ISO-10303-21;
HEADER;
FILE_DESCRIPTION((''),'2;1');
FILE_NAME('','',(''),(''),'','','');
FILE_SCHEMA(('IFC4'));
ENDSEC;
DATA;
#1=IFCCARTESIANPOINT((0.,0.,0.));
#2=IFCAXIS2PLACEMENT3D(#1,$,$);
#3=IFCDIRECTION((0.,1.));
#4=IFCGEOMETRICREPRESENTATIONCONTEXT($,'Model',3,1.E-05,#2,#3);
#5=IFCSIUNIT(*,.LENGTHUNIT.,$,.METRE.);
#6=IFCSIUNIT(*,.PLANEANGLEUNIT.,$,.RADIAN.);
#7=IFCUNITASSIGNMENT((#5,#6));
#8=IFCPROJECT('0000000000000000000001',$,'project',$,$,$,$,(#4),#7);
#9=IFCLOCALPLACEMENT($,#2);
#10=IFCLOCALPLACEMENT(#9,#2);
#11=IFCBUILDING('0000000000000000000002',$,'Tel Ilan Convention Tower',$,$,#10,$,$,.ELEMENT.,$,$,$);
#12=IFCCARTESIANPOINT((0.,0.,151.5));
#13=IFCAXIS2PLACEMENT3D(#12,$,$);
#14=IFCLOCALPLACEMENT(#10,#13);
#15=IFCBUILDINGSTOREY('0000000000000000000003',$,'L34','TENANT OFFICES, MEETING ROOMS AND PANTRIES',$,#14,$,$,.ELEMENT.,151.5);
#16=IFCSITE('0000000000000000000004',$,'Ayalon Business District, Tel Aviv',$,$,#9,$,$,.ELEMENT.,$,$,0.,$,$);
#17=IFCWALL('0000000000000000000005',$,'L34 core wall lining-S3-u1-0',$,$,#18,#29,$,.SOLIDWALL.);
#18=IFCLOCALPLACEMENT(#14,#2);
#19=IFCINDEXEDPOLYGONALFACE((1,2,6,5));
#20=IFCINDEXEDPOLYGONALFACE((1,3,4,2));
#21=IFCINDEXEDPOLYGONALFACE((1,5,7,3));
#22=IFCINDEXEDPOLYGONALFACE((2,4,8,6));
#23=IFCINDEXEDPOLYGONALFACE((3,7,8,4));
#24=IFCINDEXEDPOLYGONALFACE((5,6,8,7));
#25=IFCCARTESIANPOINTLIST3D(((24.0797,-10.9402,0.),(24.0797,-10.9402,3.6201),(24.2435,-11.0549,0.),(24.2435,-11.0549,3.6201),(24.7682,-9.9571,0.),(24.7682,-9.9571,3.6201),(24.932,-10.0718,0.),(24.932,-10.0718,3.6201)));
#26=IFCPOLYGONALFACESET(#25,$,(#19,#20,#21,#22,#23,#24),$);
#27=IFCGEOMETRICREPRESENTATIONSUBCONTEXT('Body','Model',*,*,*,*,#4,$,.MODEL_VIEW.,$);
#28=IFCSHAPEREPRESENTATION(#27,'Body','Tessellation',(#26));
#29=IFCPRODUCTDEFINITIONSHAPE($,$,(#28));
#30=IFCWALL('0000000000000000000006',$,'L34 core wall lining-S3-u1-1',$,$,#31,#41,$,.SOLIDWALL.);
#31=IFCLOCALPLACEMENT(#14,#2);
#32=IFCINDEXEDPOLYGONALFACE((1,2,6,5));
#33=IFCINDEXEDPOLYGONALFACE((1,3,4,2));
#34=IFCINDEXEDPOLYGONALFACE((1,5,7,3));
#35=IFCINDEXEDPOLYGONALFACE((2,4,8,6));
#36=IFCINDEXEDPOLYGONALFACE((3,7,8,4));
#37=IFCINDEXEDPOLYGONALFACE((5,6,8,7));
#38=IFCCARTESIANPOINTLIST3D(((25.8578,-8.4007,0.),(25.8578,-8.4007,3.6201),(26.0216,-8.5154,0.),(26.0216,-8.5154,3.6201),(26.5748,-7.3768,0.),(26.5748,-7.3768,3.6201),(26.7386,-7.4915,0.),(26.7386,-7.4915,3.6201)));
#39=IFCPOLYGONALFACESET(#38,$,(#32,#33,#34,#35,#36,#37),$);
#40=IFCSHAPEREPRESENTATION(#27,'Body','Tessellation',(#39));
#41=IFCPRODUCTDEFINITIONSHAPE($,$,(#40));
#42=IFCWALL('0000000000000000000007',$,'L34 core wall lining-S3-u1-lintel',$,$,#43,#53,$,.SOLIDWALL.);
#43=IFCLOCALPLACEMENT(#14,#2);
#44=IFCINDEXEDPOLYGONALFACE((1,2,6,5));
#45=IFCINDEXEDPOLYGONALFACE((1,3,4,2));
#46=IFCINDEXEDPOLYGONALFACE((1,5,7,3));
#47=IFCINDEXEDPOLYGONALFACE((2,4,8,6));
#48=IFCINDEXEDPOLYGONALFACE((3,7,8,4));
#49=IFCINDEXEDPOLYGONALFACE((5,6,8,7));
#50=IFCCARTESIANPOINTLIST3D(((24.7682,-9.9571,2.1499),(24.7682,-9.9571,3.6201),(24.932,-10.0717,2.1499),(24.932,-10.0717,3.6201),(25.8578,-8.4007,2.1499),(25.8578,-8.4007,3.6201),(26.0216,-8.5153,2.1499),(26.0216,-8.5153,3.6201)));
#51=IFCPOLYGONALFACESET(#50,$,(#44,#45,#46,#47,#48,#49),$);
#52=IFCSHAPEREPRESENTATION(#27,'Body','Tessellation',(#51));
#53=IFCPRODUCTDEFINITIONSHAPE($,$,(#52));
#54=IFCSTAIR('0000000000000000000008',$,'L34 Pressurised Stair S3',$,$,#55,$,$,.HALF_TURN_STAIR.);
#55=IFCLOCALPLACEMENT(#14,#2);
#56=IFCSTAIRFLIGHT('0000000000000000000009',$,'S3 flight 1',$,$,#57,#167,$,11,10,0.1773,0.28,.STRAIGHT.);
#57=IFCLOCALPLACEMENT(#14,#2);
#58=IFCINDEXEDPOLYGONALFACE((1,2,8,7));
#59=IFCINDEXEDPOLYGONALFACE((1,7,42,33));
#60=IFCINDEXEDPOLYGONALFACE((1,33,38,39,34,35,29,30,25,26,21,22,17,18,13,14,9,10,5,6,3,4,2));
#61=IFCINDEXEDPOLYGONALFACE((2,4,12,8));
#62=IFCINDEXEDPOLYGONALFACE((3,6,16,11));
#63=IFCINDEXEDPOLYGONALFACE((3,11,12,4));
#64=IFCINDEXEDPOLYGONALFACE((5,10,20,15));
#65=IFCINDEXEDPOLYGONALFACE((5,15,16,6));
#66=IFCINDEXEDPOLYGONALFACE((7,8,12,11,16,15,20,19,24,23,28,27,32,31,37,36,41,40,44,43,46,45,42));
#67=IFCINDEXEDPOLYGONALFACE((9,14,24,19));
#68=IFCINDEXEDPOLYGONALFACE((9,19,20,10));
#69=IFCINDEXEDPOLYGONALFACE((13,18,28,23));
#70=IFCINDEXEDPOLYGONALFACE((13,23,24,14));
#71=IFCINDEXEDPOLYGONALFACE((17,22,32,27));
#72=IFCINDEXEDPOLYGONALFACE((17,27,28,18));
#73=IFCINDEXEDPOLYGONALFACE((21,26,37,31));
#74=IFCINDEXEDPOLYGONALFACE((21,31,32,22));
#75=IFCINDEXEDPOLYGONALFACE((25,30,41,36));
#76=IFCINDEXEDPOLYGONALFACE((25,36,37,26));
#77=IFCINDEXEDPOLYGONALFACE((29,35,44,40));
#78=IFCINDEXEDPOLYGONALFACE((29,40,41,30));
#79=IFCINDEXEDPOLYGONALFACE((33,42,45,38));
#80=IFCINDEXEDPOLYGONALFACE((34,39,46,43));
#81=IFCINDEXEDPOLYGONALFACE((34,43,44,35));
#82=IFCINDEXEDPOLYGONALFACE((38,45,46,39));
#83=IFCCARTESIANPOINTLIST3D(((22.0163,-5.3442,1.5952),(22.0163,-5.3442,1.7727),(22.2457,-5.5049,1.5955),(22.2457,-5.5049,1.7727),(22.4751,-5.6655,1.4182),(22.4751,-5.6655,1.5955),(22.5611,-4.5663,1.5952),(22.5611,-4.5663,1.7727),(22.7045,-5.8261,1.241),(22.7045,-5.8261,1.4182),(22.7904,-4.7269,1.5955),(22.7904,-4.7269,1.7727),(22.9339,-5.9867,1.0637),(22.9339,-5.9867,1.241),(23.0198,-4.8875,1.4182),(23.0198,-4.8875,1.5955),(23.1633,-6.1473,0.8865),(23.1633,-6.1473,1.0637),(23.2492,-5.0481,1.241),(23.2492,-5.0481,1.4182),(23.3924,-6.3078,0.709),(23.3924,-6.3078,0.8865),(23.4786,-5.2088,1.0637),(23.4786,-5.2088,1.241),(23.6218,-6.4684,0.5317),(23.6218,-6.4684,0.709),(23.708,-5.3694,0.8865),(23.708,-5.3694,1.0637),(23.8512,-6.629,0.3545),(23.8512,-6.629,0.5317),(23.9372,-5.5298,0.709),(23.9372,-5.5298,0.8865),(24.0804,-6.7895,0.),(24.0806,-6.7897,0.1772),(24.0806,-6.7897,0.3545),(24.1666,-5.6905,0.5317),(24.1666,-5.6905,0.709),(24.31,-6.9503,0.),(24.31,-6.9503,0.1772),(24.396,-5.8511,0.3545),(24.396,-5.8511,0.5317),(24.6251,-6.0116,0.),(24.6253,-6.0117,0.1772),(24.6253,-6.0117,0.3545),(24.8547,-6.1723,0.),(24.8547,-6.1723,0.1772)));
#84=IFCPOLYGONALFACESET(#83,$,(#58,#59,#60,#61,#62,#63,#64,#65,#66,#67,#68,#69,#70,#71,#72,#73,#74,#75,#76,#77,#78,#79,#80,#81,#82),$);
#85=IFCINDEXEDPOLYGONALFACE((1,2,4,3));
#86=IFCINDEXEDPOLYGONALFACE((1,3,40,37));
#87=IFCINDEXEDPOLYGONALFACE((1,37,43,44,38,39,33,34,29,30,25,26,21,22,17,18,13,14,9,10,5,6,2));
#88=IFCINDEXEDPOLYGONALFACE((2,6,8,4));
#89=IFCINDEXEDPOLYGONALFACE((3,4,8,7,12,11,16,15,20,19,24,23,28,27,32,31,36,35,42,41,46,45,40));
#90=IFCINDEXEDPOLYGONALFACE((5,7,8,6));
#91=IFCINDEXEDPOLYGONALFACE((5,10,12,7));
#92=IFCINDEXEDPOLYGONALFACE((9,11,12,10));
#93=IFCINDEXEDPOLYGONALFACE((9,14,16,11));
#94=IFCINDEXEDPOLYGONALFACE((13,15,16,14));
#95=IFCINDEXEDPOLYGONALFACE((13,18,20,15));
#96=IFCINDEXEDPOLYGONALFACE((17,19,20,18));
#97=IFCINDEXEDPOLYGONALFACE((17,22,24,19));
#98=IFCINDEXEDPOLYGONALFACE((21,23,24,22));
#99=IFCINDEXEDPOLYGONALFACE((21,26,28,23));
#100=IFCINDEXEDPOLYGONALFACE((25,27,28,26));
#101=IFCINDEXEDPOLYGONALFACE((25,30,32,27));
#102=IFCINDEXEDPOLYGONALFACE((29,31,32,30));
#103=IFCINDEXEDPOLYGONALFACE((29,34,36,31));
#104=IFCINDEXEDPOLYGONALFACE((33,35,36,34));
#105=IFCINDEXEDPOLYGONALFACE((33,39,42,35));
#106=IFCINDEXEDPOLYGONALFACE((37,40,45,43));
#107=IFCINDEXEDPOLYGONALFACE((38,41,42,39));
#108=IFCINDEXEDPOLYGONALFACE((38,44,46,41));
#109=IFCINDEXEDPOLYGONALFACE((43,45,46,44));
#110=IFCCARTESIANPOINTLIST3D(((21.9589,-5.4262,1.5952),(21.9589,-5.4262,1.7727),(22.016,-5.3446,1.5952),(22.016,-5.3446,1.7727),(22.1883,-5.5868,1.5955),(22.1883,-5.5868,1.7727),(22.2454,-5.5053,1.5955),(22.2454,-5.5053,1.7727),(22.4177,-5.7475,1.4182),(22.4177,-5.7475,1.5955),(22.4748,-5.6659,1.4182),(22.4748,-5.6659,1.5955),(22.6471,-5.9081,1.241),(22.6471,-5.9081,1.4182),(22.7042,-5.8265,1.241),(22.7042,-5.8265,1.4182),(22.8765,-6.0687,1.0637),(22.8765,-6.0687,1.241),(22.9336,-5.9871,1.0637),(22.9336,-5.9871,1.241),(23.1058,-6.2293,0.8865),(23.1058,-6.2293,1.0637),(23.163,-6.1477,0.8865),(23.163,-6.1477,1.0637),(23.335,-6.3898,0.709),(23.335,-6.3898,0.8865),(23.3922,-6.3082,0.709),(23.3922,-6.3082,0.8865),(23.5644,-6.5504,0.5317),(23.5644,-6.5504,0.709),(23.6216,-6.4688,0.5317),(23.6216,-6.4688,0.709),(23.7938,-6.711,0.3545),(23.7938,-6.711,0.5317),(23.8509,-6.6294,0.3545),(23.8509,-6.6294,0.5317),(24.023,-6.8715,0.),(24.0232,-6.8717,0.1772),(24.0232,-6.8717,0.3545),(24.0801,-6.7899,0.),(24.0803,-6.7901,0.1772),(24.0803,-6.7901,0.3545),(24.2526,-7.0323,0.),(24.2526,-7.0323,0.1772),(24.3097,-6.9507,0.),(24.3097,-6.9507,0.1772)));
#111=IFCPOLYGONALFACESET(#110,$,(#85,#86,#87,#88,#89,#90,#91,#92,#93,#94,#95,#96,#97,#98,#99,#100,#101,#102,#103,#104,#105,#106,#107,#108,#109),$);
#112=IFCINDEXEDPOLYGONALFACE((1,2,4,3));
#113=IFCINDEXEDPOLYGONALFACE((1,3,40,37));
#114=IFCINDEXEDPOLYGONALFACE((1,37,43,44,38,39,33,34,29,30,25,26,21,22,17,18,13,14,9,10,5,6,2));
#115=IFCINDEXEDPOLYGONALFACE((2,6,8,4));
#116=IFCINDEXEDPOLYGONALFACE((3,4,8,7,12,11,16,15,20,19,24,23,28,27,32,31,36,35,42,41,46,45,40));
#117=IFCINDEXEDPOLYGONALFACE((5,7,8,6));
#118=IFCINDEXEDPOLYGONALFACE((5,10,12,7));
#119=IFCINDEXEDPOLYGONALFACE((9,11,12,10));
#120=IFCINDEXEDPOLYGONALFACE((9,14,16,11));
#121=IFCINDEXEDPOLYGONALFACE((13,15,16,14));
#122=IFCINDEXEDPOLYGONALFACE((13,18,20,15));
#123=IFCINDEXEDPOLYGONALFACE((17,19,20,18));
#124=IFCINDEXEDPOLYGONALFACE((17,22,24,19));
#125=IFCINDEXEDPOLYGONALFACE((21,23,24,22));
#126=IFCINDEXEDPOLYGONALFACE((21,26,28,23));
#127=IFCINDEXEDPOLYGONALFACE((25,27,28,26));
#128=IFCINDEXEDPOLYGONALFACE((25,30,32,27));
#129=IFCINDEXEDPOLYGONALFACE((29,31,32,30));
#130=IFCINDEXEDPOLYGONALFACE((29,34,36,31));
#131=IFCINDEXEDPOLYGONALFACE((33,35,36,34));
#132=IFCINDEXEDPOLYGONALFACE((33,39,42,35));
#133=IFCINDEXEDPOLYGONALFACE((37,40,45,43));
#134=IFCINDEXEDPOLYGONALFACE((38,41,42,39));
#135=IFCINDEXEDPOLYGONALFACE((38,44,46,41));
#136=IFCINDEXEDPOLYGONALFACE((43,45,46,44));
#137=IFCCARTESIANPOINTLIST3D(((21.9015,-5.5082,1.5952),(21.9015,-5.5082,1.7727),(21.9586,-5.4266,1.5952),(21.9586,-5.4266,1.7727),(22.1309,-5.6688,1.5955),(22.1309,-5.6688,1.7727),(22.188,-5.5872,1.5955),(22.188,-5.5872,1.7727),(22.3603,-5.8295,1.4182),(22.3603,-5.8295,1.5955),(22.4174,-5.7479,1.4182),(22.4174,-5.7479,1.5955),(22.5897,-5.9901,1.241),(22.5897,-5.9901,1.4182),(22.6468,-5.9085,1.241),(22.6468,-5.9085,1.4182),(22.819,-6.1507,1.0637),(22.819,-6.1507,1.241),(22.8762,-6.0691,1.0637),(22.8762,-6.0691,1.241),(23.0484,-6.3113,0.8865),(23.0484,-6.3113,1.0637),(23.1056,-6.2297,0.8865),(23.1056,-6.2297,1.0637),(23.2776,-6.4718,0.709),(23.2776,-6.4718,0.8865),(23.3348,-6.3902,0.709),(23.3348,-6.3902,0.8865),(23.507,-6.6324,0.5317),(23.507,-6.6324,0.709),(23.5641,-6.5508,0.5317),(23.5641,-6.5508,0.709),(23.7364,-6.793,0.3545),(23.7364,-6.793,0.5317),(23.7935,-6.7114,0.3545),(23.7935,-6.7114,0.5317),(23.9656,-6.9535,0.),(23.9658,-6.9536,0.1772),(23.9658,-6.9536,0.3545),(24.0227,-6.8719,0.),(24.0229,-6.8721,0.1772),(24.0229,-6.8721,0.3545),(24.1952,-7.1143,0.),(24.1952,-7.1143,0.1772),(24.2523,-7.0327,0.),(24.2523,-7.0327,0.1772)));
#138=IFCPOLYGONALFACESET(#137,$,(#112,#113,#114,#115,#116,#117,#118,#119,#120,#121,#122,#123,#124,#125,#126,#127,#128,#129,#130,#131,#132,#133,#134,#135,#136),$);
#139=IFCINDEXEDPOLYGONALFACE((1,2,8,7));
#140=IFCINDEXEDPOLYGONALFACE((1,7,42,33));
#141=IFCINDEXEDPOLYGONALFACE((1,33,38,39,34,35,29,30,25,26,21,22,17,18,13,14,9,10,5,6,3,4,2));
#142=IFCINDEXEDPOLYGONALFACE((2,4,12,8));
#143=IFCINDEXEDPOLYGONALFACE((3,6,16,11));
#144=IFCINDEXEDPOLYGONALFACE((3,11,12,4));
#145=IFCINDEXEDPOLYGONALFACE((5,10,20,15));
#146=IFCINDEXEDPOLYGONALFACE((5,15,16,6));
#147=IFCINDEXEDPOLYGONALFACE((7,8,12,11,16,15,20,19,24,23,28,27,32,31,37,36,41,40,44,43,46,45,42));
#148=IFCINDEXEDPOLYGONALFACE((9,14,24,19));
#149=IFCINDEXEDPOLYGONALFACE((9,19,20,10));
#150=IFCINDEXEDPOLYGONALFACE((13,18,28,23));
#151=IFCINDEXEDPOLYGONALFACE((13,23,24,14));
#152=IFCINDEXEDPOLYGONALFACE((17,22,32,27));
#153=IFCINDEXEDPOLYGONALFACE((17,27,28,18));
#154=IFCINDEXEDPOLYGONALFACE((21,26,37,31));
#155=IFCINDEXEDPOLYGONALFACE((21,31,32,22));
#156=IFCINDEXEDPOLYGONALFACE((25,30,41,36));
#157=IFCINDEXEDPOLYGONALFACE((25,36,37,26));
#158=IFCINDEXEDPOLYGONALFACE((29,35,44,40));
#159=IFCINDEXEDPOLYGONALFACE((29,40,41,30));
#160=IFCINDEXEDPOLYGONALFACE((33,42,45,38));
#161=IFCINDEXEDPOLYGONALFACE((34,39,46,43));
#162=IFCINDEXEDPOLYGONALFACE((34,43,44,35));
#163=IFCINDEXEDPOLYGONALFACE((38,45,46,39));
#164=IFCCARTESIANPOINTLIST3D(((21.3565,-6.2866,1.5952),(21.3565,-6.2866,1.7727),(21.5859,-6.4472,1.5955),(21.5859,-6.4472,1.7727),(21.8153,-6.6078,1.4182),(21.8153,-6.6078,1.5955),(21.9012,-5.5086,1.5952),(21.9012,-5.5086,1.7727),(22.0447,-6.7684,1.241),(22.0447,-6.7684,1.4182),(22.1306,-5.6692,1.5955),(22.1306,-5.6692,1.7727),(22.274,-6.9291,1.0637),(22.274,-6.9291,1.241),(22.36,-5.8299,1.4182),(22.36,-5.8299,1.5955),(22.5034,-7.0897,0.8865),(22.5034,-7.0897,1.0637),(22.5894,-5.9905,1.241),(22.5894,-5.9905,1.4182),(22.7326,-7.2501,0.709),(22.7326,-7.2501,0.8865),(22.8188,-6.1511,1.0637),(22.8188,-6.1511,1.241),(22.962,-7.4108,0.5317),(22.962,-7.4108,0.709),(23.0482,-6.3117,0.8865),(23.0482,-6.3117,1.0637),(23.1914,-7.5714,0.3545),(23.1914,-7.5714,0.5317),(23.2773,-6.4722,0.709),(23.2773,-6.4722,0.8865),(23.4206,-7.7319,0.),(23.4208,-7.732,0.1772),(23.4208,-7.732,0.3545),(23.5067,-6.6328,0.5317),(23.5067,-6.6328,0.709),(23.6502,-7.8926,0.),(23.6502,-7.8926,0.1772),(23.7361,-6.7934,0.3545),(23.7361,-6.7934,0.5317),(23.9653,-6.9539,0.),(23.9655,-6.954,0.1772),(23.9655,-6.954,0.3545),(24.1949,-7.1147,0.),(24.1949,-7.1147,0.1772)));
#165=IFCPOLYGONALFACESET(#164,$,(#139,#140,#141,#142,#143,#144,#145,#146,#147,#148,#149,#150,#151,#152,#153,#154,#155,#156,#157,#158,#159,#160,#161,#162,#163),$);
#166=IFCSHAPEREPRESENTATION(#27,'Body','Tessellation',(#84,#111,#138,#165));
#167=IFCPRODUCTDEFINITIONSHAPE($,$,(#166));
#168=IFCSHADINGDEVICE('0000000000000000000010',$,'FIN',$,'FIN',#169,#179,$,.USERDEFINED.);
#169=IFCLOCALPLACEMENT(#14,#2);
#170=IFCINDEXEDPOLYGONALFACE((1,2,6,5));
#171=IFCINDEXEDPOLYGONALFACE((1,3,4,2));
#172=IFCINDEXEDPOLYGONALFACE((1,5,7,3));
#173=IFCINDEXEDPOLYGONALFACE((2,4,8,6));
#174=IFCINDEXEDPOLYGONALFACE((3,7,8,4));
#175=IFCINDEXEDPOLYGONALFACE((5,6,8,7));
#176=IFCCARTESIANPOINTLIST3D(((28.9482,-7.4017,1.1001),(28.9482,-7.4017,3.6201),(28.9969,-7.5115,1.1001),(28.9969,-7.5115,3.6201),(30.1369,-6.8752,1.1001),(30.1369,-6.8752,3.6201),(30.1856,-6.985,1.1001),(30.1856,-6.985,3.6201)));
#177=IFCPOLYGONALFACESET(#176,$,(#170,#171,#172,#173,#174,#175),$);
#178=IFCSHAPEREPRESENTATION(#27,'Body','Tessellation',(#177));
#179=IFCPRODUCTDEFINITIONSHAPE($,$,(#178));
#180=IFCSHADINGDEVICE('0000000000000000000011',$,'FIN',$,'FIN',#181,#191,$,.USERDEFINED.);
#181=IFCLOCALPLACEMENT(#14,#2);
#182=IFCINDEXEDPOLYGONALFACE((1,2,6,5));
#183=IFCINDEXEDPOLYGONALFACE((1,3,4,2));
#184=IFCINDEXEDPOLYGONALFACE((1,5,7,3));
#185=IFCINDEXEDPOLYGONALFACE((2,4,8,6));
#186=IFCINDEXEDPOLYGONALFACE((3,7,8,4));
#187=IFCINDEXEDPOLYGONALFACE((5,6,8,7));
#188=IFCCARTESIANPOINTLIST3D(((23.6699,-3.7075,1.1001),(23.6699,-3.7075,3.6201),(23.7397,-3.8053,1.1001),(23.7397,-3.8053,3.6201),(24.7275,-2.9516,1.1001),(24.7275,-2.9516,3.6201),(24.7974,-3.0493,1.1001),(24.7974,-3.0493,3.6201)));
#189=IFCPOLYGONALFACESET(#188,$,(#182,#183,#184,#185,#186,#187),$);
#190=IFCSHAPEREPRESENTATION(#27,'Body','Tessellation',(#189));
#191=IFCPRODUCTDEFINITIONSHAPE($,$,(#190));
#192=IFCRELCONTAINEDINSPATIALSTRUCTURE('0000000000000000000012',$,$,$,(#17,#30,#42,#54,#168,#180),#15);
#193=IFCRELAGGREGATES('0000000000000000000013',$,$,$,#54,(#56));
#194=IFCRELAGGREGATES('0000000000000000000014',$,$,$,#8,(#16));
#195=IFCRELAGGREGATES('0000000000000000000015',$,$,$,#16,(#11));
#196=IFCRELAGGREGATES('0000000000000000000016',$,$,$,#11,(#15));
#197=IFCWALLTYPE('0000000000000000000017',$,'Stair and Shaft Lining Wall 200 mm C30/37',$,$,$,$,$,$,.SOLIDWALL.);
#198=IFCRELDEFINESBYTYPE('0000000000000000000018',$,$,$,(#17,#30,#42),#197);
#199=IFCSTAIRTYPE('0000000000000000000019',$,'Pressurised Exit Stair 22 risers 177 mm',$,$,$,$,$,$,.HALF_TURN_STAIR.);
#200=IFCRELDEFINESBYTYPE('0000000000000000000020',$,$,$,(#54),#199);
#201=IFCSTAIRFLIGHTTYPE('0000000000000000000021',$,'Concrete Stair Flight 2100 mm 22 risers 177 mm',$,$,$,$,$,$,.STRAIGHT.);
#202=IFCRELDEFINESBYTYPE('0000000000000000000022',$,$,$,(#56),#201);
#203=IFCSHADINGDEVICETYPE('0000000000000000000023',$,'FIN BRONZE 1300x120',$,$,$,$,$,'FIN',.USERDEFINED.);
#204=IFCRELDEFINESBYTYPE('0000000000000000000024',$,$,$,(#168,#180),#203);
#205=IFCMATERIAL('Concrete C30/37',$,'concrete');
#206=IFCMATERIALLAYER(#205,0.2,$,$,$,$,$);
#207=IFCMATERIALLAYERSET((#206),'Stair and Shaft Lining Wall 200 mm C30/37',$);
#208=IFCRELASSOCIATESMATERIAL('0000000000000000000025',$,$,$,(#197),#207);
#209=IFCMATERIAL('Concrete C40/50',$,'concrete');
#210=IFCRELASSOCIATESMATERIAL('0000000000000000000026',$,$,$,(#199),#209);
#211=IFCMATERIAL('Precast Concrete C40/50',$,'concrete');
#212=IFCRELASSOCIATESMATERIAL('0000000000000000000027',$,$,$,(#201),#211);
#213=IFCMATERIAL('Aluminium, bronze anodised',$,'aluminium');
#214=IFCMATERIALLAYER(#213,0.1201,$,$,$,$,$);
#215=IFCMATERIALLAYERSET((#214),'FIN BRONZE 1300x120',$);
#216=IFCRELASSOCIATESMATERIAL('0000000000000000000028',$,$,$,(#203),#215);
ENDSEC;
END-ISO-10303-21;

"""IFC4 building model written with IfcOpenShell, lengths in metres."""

from ifc_helpers import new_model, si_unit, direction, frame, frame_2d, origin, origin_2d, place, context, subcontext, project, spatial, polyline, rectangle, outline, extrude, material, layer, layer_set, type_object, element, aggregate, save


model = new_model("IFC4")

# Units and contexts
model_context = context("Model", 3, precision=1e-05, world=origin(), true_north=direction((0.0, 1.0)))
body_context = subcontext(model_context, "Body", "Model", "MODEL_VIEW")
ifc_project = project(units=[si_unit("LENGTHUNIT", "METRE"), si_unit("PLANEANGLEUNIT", "RADIAN")], contexts=[model_context])

# Site, building, storey
site_placement = place(None, origin())
site = spatial("IfcSite", under=ifc_project, at=site_placement, Name="Ayalon Business District, Tel Aviv", CompositionType="ELEMENT", RefElevation=0.0)
building_placement = place(site_placement, origin())
building = spatial("IfcBuilding", under=site, at=building_placement, Name="Tel Ilan Convention Tower", CompositionType="ELEMENT")
storey_placement = place(building_placement, frame((0.0, 0.0, 151.5)))
storey = spatial("IfcBuildingStorey", under=building, at=storey_placement, Name="L34", Description="TENANT OFFICES, MEETING ROOMS AND PANTRIES", CompositionType="ELEMENT", Elevation=151.5)

# Walls
ifc_material_1 = material(Name="Concrete C30/37", Category="concrete")
ifc_layer_1 = layer(ifc_material_1, 0.2)
ifc_layer_set_1 = layer_set([ifc_layer_1], Name="Stair and Shaft Lining Wall 200 mm C30/37")
wall_type_1 = type_object("IfcWallType", Name="Stair and Shaft Lining Wall 200 mm C30/37", PredefinedType="SOLIDWALL", material=ifc_layer_set_1)
wall_1_placement = place(storey_placement, frame((24.1616, -10.9976, 0.0), z_axis=(0.0, 0.0, 1.0), x_axis=(0.573613, 0.819127, 0.0)))
element("IfcWall", 1, at=wall_1_placement, inside=storey, type_object=wall_type_1, Name="L34 core wall lining-S3-u1-0", PredefinedType="SOLIDWALL", context=body_context, shape_type="SweptSolid", body=[
    extrude(rectangle(XDim=1.2002, YDim=0.2, at=frame_2d((0.6001, 0.0))), origin(), (0.0, 0.0, 1.0), 3.6201),
])
wall_2_placement = place(storey_placement, frame((25.9397, -8.458, 0.0), z_axis=(0.0, 0.0, 1.0), x_axis=(0.57362, 0.819122, 0.0)))
element("IfcWall", 2, at=wall_2_placement, inside=storey, type_object=wall_type_1, Name="L34 core wall lining-S3-u1-1", PredefinedType="SOLIDWALL", context=body_context, shape_type="SweptSolid", body=[
    extrude(rectangle(XDim=1.25, YDim=0.2, at=frame_2d((0.625, 0.0))), origin(), (0.0, 0.0, 1.0), 3.6201),
])
wall_3_placement = place(storey_placement, frame((24.8501, -10.0144, 2.1499), z_axis=(0.0, 0.0, 1.0), x_axis=(0.573505, 0.819202, 0.0)))
element("IfcWall", 3, at=wall_3_placement, inside=storey, type_object=wall_type_1, Name="L34 core wall lining-S3-u1-lintel", PredefinedType="SOLIDWALL", context=body_context, shape_type="SweptSolid", body=[
    extrude(rectangle(XDim=1.8999, YDim=0.2, at=frame_2d((0.95, 0.0))), origin(), (0.0, 0.0, 1.0), 1.4702),
])

# Stair, stair flight
ifc_material_2 = material(Name="Concrete C40/50", Category="concrete")
stair_type = type_object("IfcStairType", Name="Pressurised Exit Stair 22 risers 177 mm", PredefinedType="HALF_TURN_STAIR", material=ifc_material_2)
stair_placement = place(storey_placement, origin())
stair = element("IfcStair", 4, at=stair_placement, inside=storey, type_object=stair_type, Name="L34 Pressurised Stair S3", PredefinedType="HALF_TURN_STAIR")
ifc_material_3 = material(Name="Precast Concrete C40/50", Category="concrete")
stair_flight_type = type_object("IfcStairFlightType", Name="Concrete Stair Flight 2100 mm 22 risers 177 mm", PredefinedType="STRAIGHT", material=ifc_material_3)
stair_flight_placement = place(storey_placement, frame((24.2524, -7.0325, 0.0), z_axis=(0.0, 0.0, 1.0), x_axis=(-0.819152, 0.573576, 0.0)))
stair_flight = element("IfcStairFlight", 5, at=stair_flight_placement, type_object=stair_flight_type, Name="S3 flight 1", NumberOfRisers=11, NumberOfTreads=10, PredefinedType="STRAIGHT", RiserHeight=0.1773, TreadLength=0.28, context=body_context, shape_type="SweptSolid", body=[
    extrude(outline(polyline([(0.0, 0.0), (0.0, 0.1772), (0.28, 0.1772), (0.28, 0.3545), (0.5601, 0.3545), (0.5601, 0.5317), (0.8401, 0.5317), (0.8401, 0.709), (1.1201, 0.709), (1.1201, 0.8865), (1.3999, 0.8865), (1.3999, 1.0637), (1.6799, 1.0637), (1.6799, 1.241), (1.96, 1.241), (1.96, 1.4182), (2.24, 1.4182), (2.24, 1.5955), (2.52, 1.5955), (2.52, 1.7727), (2.8, 1.7727), (2.8, 1.95), (2.8, 1.5952), (0.2803, 0.0), (0.0, 0.0)])), frame((0.0, -0.1003, 0.0), z_axis=(0.0, -1.0, 0.0), x_axis=(1.0, 0.0, 0.0)), (0.0, 0.0, 1.0), 0.9497),
    extrude(outline(polyline([(0.0, 0.0), (0.0, 0.1772), (0.28, 0.1772), (0.28, 0.3545), (0.5601, 0.3545), (0.5601, 0.5317), (0.8401, 0.5317), (0.8401, 0.709), (1.1201, 0.709), (1.1201, 0.8865), (1.3999, 0.8865), (1.3999, 1.0637), (1.6799, 1.0637), (1.6799, 1.241), (1.96, 1.241), (1.96, 1.4182), (2.24, 1.4182), (2.24, 1.5955), (2.52, 1.5955), (2.52, 1.7727), (2.8, 1.7727), (2.8, 1.95), (2.8, 1.5952), (0.2803, 0.0), (0.0, 0.0)])), frame((0.0, -0.0002, 0.0), z_axis=(0.0, -1.0, 0.0), x_axis=(1.0, 0.0, 0.0)), (0.0, 0.0, 1.0), 0.0996),
    extrude(outline(polyline([(0.0, 0.0), (0.0, 0.1772), (0.28, 0.1772), (0.28, 0.3545), (0.5601, 0.3545), (0.5601, 0.5317), (0.8401, 0.5317), (0.8401, 0.709), (1.1201, 0.709), (1.1201, 0.8865), (1.3999, 0.8865), (1.3999, 1.0637), (1.6799, 1.0637), (1.6799, 1.241), (1.96, 1.241), (1.96, 1.4182), (2.24, 1.4182), (2.24, 1.5955), (2.52, 1.5955), (2.52, 1.7727), (2.8, 1.7727), (2.8, 1.95), (2.8, 1.5952), (0.2803, 0.0), (0.0, 0.0)])), frame((0.0, 0.0999, 0.0), z_axis=(0.0, -1.0, 0.0), x_axis=(1.0, 0.0, 0.0)), (0.0, 0.0, 1.0), 0.0996),
    extrude(outline(polyline([(0.0, 0.0), (0.0, 0.1772), (0.28, 0.1772), (0.28, 0.3545), (0.5601, 0.3545), (0.5601, 0.5317), (0.8401, 0.5317), (0.8401, 0.709), (1.1201, 0.709), (1.1201, 0.8865), (1.3999, 0.8865), (1.3999, 1.0637), (1.6799, 1.0637), (1.6799, 1.241), (1.96, 1.241), (1.96, 1.4182), (2.24, 1.4182), (2.24, 1.5955), (2.52, 1.5955), (2.52, 1.7727), (2.8, 1.7727), (2.8, 1.95), (2.8, 1.5952), (0.2803, 0.0), (0.0, 0.0)])), frame((0.0, 1.05, 0.0), z_axis=(0.0, -1.0, 0.0), x_axis=(1.0, 0.0, 0.0)), (0.0, 0.0, 1.0), 0.9497),
])
aggregate(stair, [stair_flight])

# Shading devices
ifc_material_4 = material(Name="Aluminium, bronze anodised", Category="aluminium")
ifc_layer_2 = layer(ifc_material_4, 0.1201)
ifc_layer_set_2 = layer_set([ifc_layer_2], Name="FIN BRONZE 1300x120")
shading_device_type = type_object("IfcShadingDeviceType", Name="FIN BRONZE 1300x120", ElementType="FIN", PredefinedType="USERDEFINED", material=ifc_layer_set_2)
for number, where, z_axis, x_axis, name in (
    (6, (29.5669, -7.1934, 1.1001), (0.0, 0.0, 1.0), (0.914333, 0.404964, 0.0), "FIN"),
    (7, (24.2336, -3.3784, 1.1001), (0.0, 0.0, 1.0), (0.813552, 0.581492, 0.0), "FIN"),
):
    element("IfcShadingDevice", number, at=place(storey_placement, frame(where, z_axis=z_axis, x_axis=x_axis)), inside=storey, type_object=shading_device_type, Name=name, ObjectType="FIN", PredefinedType="USERDEFINED", context=body_context, shape_type="SweptSolid", body=[
        extrude(rectangle(XDim=1.3, YDim=0.1201, at=origin_2d()), origin(), (0.0, 0.0, 1.0), 2.52),
    ])

save(model, "model.ifc")
